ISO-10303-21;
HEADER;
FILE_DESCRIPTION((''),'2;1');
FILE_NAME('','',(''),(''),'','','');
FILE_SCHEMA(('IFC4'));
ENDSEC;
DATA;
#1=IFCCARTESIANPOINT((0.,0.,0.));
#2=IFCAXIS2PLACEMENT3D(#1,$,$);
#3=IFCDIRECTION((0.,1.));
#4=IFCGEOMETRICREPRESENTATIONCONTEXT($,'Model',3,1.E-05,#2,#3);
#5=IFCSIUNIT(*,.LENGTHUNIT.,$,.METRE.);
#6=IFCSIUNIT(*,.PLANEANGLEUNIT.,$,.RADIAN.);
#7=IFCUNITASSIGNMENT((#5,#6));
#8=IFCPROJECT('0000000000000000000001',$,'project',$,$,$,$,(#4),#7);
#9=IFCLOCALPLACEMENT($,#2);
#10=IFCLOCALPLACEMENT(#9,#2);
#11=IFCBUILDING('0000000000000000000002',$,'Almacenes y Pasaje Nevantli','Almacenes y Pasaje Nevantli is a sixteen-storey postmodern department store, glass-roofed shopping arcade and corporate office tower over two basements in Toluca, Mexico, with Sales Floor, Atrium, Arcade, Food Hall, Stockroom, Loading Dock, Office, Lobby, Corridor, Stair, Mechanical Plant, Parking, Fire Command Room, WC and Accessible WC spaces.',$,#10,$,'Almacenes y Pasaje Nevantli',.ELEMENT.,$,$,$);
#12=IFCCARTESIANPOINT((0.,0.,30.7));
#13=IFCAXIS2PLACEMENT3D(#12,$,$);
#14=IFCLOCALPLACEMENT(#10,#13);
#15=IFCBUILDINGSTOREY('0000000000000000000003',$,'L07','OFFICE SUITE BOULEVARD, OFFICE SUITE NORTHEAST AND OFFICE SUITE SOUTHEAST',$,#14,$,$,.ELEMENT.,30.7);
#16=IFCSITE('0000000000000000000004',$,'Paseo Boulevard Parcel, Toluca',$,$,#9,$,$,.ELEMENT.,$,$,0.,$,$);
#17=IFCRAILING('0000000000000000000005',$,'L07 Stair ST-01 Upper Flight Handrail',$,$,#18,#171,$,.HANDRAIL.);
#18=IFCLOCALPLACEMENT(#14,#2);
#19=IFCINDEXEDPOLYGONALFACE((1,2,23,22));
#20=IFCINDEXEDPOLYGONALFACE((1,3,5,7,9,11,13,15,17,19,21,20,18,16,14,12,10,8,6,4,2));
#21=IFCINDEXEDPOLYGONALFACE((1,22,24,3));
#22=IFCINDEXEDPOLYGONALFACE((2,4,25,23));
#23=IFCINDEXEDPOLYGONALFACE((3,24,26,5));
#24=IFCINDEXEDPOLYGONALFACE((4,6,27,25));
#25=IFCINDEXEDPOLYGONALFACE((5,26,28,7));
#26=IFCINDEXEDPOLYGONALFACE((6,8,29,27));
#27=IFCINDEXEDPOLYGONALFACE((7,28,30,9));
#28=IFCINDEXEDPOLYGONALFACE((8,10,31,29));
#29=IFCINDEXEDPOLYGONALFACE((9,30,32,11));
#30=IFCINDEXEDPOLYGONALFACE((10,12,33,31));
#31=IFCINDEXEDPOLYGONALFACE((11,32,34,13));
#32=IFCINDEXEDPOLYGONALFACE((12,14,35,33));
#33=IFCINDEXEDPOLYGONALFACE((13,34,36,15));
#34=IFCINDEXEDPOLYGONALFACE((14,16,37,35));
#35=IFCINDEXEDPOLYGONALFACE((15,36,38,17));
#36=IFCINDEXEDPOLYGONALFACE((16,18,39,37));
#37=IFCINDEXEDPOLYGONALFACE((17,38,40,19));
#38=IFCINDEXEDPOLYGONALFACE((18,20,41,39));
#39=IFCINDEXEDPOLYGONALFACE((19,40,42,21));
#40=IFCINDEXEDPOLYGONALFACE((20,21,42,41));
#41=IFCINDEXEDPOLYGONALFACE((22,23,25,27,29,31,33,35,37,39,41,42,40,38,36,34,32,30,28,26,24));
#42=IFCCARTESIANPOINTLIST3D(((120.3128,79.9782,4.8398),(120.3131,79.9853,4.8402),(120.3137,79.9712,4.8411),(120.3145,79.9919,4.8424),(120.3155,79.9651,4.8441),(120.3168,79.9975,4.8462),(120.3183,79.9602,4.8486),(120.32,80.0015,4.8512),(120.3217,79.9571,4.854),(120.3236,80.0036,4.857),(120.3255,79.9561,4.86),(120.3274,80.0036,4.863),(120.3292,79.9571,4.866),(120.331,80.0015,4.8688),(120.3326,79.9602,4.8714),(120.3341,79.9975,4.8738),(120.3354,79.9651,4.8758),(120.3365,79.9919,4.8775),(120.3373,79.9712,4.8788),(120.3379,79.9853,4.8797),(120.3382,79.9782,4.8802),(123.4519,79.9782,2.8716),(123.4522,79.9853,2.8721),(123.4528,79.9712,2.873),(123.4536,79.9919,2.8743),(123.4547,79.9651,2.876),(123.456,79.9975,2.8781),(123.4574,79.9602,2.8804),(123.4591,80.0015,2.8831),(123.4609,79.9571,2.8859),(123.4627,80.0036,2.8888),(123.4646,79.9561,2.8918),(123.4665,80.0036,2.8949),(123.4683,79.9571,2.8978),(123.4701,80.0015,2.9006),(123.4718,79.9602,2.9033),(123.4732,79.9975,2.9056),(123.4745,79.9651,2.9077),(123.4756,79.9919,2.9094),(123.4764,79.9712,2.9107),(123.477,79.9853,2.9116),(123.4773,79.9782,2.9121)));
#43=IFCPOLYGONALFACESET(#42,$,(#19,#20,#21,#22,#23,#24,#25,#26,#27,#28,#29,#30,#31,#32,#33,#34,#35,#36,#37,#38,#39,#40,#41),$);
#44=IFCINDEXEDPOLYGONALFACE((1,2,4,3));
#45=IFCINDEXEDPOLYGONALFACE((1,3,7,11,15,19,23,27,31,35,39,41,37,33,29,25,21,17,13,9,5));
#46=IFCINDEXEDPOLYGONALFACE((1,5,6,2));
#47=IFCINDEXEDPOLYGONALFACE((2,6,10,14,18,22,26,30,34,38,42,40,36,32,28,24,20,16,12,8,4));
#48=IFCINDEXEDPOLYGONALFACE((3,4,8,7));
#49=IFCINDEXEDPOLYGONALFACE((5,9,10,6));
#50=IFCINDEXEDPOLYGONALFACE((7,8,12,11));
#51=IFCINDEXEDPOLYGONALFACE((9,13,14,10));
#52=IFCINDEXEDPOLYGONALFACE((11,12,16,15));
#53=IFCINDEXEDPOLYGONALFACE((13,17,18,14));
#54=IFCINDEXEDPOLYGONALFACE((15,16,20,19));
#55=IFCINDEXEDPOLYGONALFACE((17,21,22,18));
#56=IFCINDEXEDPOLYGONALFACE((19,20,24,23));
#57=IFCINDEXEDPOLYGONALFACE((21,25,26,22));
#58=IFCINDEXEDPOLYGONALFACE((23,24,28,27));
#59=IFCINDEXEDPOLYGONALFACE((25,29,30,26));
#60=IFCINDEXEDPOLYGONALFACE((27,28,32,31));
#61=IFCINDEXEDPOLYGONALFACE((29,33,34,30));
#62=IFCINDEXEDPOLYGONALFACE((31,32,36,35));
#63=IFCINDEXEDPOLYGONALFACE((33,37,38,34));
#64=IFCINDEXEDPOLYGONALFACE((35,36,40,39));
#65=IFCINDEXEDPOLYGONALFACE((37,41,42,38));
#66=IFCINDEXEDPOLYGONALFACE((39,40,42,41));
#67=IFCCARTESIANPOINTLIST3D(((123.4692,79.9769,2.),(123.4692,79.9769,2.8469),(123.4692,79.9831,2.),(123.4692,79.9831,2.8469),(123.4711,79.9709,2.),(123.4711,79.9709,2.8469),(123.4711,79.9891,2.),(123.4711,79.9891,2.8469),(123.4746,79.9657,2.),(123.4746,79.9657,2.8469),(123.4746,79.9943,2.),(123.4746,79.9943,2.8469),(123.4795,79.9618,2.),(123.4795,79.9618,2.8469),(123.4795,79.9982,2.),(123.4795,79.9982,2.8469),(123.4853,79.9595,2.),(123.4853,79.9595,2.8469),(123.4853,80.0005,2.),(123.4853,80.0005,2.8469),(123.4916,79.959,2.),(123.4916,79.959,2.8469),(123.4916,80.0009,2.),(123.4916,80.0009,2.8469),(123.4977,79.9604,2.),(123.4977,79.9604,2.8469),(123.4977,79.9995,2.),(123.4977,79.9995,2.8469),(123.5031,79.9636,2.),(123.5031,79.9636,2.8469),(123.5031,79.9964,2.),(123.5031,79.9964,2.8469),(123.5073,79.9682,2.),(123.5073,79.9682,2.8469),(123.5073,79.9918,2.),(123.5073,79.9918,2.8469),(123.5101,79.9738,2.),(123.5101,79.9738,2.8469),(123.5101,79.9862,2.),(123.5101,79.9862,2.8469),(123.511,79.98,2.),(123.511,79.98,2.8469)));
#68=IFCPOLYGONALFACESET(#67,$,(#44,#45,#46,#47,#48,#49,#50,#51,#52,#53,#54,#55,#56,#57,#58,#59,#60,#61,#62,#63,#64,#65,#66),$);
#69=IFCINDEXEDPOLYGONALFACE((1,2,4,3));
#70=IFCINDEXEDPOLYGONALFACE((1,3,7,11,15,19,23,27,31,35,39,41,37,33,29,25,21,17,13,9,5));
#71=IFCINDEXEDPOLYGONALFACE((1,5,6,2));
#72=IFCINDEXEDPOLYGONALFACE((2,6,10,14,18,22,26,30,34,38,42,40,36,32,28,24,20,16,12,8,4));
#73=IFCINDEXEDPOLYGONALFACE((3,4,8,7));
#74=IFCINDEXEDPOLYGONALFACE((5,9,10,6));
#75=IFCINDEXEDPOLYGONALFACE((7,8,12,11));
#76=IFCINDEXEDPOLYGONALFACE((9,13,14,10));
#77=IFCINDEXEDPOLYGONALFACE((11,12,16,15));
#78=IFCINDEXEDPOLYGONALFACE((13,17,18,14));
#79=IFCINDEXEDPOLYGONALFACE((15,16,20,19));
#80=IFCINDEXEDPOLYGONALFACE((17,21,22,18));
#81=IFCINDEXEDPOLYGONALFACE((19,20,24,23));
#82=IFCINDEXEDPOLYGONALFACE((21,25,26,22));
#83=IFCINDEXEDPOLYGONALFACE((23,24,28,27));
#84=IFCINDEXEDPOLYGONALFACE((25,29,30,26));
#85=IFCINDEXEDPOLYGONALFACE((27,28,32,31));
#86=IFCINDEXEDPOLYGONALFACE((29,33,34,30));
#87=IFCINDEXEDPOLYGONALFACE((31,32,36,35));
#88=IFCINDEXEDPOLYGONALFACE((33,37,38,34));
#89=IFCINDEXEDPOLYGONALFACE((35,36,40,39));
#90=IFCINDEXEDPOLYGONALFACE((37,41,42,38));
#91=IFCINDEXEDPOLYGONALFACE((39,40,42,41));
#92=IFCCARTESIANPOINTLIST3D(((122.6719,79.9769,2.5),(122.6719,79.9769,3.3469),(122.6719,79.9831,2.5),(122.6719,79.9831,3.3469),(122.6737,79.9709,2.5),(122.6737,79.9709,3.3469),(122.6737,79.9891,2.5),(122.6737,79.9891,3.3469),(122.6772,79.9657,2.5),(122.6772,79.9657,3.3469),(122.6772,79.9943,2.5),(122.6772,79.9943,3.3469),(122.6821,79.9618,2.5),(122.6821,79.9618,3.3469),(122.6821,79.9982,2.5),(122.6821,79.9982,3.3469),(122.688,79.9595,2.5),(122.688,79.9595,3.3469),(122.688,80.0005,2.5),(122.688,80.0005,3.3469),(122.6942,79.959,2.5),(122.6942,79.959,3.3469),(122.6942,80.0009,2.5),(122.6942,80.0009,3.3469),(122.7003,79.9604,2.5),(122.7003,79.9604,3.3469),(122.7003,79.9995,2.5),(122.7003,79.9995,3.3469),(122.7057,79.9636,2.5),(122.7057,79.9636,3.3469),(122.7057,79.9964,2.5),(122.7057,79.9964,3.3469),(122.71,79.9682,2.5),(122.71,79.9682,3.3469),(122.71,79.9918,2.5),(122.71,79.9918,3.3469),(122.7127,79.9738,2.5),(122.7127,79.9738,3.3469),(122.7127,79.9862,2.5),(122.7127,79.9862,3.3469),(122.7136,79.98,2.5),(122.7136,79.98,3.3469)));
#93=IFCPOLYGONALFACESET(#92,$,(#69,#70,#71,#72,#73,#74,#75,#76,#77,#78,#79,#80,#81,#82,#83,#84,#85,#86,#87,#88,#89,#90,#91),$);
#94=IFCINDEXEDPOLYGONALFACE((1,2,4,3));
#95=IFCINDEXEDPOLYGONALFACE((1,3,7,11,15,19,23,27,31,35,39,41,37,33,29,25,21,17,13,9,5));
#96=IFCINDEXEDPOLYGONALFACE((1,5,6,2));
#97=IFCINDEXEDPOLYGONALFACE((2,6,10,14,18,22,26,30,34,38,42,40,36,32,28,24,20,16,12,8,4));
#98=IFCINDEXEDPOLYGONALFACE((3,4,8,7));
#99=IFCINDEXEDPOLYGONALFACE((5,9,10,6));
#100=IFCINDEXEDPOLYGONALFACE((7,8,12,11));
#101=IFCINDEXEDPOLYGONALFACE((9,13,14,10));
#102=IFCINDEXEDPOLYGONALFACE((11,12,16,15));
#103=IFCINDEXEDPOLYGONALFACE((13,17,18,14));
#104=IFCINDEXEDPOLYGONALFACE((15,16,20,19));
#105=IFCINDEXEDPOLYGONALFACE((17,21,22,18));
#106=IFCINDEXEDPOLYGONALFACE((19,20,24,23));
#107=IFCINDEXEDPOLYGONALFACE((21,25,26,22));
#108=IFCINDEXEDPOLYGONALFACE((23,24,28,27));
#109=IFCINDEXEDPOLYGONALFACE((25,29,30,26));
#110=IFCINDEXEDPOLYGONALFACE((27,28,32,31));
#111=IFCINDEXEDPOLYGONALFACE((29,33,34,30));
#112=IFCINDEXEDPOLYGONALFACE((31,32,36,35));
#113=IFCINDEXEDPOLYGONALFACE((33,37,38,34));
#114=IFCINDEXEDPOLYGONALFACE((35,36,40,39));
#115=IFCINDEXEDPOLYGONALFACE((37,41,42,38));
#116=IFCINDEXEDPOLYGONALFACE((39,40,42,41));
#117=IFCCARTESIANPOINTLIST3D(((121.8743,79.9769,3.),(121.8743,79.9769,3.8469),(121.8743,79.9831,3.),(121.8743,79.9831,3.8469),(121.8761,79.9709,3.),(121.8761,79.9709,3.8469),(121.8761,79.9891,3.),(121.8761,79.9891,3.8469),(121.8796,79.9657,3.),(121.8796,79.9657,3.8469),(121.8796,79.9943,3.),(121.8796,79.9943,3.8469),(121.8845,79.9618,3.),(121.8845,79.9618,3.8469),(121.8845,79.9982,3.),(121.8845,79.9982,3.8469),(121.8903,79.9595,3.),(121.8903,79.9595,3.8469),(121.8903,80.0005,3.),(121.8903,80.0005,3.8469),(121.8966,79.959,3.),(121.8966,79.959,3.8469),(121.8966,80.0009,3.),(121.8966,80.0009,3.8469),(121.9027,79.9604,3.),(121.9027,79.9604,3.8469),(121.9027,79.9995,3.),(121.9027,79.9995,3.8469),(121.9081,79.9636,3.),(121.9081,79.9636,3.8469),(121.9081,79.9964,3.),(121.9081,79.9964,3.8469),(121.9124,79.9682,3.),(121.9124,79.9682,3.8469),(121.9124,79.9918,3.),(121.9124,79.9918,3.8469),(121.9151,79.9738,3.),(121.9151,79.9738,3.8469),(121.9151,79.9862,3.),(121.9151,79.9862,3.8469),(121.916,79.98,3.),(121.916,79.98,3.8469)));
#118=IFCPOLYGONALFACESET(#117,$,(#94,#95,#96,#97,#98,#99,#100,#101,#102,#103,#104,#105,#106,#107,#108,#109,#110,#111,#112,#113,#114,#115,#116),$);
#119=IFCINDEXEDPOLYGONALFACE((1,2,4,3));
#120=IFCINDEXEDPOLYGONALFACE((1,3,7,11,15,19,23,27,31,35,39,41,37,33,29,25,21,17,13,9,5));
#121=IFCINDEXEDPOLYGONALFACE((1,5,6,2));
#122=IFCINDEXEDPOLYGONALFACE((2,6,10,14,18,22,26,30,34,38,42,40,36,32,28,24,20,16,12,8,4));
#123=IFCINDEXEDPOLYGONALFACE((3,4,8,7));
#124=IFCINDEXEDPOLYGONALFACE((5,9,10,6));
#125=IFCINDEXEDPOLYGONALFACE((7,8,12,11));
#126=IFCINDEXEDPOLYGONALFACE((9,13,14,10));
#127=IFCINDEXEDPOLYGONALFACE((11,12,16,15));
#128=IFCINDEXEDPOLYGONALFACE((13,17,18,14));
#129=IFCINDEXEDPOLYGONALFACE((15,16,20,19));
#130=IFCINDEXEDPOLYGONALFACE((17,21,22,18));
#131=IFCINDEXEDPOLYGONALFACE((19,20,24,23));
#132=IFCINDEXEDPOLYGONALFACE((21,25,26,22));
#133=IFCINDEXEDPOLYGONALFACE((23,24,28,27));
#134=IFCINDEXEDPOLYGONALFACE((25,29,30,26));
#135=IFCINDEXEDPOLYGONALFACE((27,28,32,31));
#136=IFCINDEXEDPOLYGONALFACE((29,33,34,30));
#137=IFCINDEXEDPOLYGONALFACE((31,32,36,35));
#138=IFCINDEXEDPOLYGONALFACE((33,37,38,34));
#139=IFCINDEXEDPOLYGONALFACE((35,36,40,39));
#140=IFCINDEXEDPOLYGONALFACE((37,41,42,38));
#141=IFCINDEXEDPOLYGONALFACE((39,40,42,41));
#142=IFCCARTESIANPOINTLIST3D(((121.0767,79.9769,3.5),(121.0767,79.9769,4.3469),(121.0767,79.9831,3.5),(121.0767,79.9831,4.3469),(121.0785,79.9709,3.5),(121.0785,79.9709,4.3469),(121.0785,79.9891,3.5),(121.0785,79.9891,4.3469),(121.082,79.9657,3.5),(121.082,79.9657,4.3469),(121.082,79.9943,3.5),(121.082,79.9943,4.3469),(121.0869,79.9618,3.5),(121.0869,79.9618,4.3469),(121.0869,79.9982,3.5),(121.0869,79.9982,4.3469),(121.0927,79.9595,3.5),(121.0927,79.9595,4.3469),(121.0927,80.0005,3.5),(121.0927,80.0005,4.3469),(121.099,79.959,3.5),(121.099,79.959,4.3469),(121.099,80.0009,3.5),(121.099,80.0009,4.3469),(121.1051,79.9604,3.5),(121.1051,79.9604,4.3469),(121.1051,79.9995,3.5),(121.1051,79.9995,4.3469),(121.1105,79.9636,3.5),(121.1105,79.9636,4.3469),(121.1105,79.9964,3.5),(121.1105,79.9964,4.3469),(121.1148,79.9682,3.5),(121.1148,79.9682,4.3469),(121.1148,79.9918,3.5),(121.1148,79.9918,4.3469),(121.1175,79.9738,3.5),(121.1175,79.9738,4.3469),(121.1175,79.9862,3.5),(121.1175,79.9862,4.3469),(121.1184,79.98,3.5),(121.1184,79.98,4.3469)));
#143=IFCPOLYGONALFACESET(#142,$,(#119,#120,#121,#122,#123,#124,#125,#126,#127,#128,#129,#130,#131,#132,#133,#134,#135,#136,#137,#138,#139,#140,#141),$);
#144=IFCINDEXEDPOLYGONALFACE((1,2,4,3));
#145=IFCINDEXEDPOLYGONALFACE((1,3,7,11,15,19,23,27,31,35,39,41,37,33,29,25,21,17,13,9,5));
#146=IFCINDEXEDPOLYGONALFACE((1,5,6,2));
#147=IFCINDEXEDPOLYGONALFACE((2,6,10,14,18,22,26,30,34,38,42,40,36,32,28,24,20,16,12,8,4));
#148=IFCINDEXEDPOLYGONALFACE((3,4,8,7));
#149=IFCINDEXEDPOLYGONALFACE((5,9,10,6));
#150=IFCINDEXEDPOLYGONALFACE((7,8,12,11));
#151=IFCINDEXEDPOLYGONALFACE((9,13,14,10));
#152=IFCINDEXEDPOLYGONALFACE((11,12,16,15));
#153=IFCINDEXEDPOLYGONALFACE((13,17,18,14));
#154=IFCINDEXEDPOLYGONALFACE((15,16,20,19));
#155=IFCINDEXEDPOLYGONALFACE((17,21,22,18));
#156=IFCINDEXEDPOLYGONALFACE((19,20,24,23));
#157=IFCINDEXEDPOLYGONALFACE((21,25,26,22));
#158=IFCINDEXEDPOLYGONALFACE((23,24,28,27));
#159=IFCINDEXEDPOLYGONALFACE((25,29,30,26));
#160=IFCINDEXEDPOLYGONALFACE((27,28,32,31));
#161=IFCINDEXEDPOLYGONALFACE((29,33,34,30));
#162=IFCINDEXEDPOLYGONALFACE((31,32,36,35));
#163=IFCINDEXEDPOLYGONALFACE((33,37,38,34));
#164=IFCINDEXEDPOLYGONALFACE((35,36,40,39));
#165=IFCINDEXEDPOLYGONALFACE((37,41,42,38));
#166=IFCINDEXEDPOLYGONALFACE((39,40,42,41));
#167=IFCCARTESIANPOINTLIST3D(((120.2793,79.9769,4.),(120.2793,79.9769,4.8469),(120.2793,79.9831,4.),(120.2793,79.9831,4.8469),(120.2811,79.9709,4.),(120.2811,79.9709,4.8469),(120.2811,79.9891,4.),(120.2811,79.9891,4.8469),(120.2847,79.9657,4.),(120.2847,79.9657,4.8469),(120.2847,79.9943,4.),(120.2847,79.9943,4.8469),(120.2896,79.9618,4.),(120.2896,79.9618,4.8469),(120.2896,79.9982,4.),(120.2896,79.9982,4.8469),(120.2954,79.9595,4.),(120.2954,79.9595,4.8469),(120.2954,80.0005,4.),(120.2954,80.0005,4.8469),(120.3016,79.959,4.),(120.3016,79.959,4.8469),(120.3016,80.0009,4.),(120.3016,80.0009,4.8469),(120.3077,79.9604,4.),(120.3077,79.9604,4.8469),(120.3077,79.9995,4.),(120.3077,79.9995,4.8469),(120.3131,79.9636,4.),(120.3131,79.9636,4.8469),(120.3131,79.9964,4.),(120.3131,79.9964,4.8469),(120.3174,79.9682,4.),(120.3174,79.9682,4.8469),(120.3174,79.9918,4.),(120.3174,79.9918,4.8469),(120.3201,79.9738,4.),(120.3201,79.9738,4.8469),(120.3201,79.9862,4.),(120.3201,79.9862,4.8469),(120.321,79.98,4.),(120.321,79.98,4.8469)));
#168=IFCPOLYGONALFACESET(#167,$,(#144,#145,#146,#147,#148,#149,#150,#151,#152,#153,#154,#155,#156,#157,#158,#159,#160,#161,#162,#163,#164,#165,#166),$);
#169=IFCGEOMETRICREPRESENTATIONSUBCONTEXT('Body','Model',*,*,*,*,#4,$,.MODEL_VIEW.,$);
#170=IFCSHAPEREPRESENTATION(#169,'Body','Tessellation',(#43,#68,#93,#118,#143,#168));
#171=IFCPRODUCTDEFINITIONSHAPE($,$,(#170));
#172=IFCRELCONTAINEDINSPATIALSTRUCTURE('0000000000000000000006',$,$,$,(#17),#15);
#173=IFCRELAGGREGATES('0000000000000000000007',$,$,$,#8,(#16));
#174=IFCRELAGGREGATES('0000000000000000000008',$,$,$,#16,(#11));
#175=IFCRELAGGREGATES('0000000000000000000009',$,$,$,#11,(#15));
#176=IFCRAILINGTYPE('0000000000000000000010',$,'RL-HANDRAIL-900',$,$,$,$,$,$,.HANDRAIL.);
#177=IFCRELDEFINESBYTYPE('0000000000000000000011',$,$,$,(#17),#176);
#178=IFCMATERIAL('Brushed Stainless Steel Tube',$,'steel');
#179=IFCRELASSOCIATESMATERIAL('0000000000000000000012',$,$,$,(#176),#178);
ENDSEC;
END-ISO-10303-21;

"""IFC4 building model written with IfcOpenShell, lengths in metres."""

from ifc_helpers import new_model, si_unit, direction, frame, origin, origin_2d, place, context, subcontext, project, spatial, circle, extrude, material, type_object, element, save


model = new_model("IFC4")

# Units and contexts
model_context = context("Model", 3, precision=1e-05, world=origin(), true_north=direction((0.0, 1.0)))
body_context = subcontext(model_context, "Body", "Model", "MODEL_VIEW")
ifc_project = project(units=[si_unit("LENGTHUNIT", "METRE"), si_unit("PLANEANGLEUNIT", "RADIAN")], contexts=[model_context])

# Site, building, storey
site_placement = place(None, origin())
site = spatial("IfcSite", under=ifc_project, at=site_placement, Name="Paseo Boulevard Parcel, Toluca", CompositionType="ELEMENT", RefElevation=0.0)
building_placement = place(site_placement, origin())
building = spatial("IfcBuilding", under=site, at=building_placement, Name="Almacenes y Pasaje Nevantli", Description="Almacenes y Pasaje Nevantli is a sixteen-storey postmodern department store, glass-roofed shopping arcade and corporate office tower over two basements in Toluca, Mexico, with Sales Floor, Atrium, Arcade, Food Hall, Stockroom, Loading Dock, Office, Lobby, Corridor, Stair, Mechanical Plant, Parking, Fire Command Room, WC and Accessible WC spaces.", LongName="Almacenes y Pasaje Nevantli", CompositionType="ELEMENT")
storey_placement = place(building_placement, frame((0.0, 0.0, 30.7)))
storey = spatial("IfcBuildingStorey", under=building, at=storey_placement, Name="L07", Description="OFFICE SUITE BOULEVARD, OFFICE SUITE NORTHEAST AND OFFICE SUITE SOUTHEAST", CompositionType="ELEMENT", Elevation=30.7)

# Railing
ifc_material_1 = material(Name="Brushed Stainless Steel Tube", Category="steel")
railing_type_1 = type_object("IfcRailingType", Name="RL-HANDRAIL-900", PredefinedType="HANDRAIL", material=ifc_material_1)
railing_1_placement = place(storey_placement, frame((123.49, 79.98, 2.0)))
element("IfcRailing", 1, at=railing_1_placement, inside=storey, type_object=railing_type_1, Name="L07 Stair ST-01 Upper Flight Handrail", PredefinedType="HANDRAIL", context=body_context, shape_type="SweptSolid", body=[
    extrude(circle(Radius=0.0239, at=origin_2d()), frame((-0.0254, 0.0, 0.8918), z_axis=(-0.847247, 0.0, 0.531199), x_axis=(0.0, -1.0, 0.0)), (0.0, 0.0, 1.0), 3.7051),
    extrude(circle(Radius=0.021, at=origin_2d()), origin(), (0.0, 0.0, 1.0), 0.8469),
    extrude(circle(Radius=0.021, at=origin_2d()), frame((-0.7974, 0.0, 0.5)), (0.0, 0.0, 1.0), 0.8469),
    extrude(circle(Radius=0.021, at=origin_2d()), frame((-1.595, 0.0, 1.0)), (0.0, 0.0, 1.0), 0.8469),
    extrude(circle(Radius=0.021, at=origin_2d()), frame((-2.3926, 0.0, 1.5)), (0.0, 0.0, 1.0), 0.8469),
    extrude(circle(Radius=0.021, at=origin_2d()), frame((-3.1899, 0.0, 2.0)), (0.0, 0.0, 1.0), 0.8469),
])

save(model, "model.ifc")
